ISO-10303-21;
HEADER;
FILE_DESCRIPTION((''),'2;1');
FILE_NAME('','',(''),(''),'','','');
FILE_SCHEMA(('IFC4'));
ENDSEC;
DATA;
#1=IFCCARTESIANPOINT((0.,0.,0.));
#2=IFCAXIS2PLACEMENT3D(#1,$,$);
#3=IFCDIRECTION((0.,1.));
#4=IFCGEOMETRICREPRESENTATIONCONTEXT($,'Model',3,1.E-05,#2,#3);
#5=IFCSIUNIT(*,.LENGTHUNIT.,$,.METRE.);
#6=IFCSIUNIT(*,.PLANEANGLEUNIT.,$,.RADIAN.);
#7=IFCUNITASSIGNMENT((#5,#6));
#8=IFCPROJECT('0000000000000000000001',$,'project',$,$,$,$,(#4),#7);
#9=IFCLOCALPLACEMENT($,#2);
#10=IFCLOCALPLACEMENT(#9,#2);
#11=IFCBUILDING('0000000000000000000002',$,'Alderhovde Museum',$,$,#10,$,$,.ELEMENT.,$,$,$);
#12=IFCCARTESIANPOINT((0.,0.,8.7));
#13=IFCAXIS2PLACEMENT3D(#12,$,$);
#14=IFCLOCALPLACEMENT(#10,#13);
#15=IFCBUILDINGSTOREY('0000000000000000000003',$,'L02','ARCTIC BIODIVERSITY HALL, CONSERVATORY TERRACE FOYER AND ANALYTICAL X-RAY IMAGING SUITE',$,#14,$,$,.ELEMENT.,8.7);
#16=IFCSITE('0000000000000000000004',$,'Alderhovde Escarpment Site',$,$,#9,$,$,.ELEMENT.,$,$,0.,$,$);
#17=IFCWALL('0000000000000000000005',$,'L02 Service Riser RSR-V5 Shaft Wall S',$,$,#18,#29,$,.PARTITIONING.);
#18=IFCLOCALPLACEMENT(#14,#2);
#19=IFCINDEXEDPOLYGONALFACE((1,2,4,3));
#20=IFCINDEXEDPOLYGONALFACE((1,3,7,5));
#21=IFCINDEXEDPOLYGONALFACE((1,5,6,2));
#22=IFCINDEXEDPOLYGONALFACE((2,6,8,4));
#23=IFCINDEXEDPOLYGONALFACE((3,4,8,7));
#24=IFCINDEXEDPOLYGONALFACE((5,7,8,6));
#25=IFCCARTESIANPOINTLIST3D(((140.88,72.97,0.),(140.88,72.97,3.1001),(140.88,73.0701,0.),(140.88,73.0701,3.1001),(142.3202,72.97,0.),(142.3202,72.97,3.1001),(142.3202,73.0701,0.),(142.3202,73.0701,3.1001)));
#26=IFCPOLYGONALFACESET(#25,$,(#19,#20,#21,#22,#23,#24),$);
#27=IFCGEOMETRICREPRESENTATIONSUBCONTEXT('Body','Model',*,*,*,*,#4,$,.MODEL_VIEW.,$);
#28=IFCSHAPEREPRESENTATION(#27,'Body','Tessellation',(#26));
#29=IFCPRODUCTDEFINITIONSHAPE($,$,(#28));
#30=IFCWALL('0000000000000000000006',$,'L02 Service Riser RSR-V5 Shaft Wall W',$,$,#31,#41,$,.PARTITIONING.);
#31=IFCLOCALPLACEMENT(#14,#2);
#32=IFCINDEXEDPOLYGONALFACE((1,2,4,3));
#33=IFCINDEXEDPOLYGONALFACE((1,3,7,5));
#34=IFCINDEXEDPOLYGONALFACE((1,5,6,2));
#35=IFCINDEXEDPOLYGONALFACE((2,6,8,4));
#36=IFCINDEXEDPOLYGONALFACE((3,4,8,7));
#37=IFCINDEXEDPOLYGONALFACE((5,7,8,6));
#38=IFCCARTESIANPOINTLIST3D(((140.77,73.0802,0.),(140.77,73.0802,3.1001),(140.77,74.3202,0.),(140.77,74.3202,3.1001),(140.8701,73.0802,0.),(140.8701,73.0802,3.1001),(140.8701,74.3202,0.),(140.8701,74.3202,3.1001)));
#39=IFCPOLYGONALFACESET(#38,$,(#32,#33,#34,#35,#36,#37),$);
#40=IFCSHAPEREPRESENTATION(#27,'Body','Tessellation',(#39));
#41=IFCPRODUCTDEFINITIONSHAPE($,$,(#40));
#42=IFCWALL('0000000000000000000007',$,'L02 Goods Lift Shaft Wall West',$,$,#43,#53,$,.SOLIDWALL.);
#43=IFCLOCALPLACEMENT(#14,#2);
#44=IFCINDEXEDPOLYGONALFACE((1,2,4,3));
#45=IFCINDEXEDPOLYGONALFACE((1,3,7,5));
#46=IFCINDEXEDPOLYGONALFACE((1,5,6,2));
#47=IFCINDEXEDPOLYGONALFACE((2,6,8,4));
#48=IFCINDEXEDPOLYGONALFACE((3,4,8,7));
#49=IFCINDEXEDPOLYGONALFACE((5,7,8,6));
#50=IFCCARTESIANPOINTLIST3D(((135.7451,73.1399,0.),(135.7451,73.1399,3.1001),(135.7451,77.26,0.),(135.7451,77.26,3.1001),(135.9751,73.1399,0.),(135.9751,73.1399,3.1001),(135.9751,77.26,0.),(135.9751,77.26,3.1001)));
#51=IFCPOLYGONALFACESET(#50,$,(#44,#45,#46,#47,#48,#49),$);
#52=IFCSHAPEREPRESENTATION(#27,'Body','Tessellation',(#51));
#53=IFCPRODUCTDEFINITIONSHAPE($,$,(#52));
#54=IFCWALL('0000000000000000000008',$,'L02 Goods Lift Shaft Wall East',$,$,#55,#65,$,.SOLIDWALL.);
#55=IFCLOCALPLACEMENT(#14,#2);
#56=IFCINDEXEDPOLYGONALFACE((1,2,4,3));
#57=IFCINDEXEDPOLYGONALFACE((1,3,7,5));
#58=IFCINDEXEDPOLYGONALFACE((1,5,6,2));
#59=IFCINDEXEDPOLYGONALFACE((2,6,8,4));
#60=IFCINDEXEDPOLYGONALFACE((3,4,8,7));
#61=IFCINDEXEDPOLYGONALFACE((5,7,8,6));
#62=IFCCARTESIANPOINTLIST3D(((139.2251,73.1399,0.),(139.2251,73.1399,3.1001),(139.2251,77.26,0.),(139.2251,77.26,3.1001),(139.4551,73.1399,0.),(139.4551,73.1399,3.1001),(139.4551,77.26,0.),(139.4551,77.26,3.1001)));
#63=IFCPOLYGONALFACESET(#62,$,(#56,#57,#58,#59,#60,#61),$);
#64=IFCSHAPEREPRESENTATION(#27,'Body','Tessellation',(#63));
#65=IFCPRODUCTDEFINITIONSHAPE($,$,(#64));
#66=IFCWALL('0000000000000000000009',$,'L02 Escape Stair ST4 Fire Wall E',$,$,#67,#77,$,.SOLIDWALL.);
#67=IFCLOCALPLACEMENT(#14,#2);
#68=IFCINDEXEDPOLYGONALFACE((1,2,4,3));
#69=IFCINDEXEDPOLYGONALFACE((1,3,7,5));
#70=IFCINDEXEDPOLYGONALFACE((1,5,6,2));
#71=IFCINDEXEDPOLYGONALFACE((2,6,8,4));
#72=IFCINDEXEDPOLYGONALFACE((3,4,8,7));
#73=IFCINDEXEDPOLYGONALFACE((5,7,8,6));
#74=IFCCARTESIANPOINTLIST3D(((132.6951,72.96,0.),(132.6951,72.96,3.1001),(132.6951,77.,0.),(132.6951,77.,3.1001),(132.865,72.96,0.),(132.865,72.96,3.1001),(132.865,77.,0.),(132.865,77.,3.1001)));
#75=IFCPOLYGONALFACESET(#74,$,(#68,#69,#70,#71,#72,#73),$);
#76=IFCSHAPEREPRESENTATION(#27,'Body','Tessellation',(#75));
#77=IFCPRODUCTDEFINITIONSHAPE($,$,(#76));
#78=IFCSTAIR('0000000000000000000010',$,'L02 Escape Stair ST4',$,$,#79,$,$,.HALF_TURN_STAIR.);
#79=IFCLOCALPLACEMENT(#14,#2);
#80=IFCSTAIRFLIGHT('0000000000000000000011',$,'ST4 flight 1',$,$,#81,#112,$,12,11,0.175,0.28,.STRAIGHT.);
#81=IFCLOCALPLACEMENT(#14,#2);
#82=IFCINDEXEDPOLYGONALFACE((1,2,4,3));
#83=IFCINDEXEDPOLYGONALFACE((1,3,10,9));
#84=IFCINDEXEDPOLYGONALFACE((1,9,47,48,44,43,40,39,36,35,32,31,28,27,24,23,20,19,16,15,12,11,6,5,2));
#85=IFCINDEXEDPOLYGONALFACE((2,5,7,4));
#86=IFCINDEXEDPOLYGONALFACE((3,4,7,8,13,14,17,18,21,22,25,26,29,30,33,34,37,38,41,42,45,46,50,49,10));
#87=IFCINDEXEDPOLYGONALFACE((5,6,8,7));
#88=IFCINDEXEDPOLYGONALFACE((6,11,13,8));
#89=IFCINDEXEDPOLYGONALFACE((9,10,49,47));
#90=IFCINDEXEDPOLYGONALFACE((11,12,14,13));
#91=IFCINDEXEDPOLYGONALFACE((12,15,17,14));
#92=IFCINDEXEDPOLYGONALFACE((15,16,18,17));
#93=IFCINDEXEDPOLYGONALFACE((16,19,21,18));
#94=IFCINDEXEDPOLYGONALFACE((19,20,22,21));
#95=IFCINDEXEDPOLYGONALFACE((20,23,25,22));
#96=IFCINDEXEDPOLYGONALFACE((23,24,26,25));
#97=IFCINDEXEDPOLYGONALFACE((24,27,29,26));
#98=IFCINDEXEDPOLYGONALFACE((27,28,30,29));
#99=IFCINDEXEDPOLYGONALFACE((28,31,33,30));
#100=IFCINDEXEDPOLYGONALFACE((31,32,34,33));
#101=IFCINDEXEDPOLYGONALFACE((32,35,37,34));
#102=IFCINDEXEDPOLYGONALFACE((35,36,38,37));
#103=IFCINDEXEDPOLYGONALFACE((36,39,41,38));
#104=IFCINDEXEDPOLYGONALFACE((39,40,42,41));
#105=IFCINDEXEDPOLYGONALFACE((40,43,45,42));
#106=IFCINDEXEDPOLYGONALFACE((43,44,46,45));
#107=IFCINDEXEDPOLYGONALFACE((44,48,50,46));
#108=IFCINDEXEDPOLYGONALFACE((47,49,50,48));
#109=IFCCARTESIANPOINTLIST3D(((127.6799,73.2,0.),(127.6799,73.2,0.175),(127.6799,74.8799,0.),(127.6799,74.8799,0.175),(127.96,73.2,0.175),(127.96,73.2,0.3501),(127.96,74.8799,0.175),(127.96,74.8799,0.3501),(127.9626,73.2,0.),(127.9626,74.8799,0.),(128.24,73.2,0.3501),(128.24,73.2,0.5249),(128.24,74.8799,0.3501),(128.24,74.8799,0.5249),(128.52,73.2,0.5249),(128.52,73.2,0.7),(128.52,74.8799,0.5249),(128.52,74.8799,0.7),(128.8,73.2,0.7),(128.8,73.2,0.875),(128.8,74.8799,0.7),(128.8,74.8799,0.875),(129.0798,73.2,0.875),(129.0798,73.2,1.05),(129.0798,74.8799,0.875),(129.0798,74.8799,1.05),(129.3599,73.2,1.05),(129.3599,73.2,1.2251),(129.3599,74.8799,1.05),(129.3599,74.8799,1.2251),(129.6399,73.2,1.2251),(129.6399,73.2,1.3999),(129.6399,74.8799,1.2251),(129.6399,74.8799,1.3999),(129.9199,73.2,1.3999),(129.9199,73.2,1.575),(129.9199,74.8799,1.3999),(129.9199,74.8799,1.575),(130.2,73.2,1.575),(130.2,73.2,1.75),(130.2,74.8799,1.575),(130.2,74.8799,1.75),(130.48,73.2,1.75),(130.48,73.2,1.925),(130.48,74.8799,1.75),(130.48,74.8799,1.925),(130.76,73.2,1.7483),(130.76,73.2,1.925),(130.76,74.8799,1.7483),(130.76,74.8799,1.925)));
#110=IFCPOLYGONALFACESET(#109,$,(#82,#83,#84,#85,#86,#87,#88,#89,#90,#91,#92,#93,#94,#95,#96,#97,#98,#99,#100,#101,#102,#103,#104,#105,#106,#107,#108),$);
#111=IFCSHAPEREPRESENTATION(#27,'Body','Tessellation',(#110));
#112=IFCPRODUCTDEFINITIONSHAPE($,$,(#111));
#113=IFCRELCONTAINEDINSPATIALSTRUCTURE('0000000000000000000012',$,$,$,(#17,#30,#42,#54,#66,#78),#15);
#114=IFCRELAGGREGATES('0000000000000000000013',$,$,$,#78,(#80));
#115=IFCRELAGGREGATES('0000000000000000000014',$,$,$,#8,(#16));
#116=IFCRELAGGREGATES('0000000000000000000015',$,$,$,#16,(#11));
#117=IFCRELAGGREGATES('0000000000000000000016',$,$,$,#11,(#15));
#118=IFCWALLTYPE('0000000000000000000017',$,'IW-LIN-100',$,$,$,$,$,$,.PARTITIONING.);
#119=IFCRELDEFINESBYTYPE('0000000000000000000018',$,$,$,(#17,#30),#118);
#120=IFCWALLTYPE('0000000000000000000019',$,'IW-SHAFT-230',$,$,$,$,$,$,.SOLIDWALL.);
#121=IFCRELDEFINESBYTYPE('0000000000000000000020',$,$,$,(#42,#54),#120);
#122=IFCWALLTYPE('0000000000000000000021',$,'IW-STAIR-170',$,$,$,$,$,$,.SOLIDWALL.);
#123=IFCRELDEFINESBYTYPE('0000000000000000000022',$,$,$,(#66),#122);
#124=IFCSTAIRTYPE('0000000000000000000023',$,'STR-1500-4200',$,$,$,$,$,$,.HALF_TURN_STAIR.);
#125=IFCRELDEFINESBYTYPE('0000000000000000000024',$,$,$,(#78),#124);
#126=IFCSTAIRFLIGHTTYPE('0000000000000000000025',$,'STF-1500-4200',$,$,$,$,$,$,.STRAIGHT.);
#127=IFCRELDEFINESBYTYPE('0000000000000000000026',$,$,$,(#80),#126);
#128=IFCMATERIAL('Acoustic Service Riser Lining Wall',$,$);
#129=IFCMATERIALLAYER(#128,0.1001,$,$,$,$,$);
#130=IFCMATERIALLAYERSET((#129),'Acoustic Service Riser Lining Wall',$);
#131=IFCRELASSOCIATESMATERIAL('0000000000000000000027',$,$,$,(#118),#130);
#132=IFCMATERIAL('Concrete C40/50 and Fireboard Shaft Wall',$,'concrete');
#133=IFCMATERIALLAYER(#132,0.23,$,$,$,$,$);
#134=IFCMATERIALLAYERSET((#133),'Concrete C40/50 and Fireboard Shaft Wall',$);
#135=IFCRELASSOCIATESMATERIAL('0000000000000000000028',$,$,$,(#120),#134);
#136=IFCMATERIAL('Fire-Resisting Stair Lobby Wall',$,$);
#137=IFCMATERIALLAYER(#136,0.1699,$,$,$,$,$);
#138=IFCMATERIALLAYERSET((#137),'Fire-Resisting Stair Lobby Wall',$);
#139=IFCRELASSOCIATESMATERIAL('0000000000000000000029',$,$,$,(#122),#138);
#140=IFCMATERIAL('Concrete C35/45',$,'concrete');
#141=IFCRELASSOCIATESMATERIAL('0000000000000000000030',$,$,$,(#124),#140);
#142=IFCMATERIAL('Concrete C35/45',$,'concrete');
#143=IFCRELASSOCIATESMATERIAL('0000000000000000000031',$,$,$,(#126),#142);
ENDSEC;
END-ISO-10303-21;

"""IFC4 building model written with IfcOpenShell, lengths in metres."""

from ifc_helpers import new_model, si_unit, direction, frame, frame_2d, origin, place, context, subcontext, project, spatial, polyline, rectangle, outline, extrude, material, layer, layer_set, type_object, element, aggregate, save


model = new_model("IFC4")

# Units and contexts
model_context = context("Model", 3, precision=1e-05, world=origin(), true_north=direction((0.0, 1.0)))
body_context = subcontext(model_context, "Body", "Model", "MODEL_VIEW")
ifc_project = project(units=[si_unit("LENGTHUNIT", "METRE"), si_unit("PLANEANGLEUNIT", "RADIAN")], contexts=[model_context])

# Site, building, storey
site_placement = place(None, origin())
site = spatial("IfcSite", under=ifc_project, at=site_placement, Name="Alderhovde Escarpment Site", CompositionType="ELEMENT", RefElevation=0.0)
building_placement = place(site_placement, origin())
building = spatial("IfcBuilding", under=site, at=building_placement, Name="Alderhovde Museum", CompositionType="ELEMENT")
storey_placement = place(building_placement, frame((0.0, 0.0, 8.7)))
storey = spatial("IfcBuildingStorey", under=building, at=storey_placement, Name="L02", Description="ARCTIC BIODIVERSITY HALL, CONSERVATORY TERRACE FOYER AND ANALYTICAL X-RAY IMAGING SUITE", CompositionType="ELEMENT", Elevation=8.7)

# Walls
ifc_material_1 = material(Name="Acoustic Service Riser Lining Wall")
ifc_layer_1 = layer(ifc_material_1, 0.1001)
ifc_layer_set_1 = layer_set([ifc_layer_1], Name="Acoustic Service Riser Lining Wall")
wall_type_1 = type_object("IfcWallType", Name="IW-LIN-100", PredefinedType="PARTITIONING", material=ifc_layer_set_1)
for number, where, z_axis, x_axis, name in (
    (1, (140.8799, 73.02, 0.0), (0.0, 0.0, 1.0), (1.0, 0.0, 0.0), "L02 Service Riser RSR-V5 Shaft Wall S"),
):
    element("IfcWall", number, at=place(storey_placement, frame(where, z_axis=z_axis, x_axis=x_axis)), inside=storey, type_object=wall_type_1, Name=name, PredefinedType="PARTITIONING", context=body_context, shape_type="SweptSolid", body=[
        extrude(rectangle(XDim=1.4402, YDim=0.1001, at=frame_2d((0.7202, 0.0))), origin(), (0.0, 0.0, 1.0), 3.1001),
    ])
wall_1_placement = place(storey_placement, frame((140.8201, 73.0801, 0.0), z_axis=(0.0, 0.0, 1.0), x_axis=(0.0, 1.0, 0.0)))
element("IfcWall", 2, at=wall_1_placement, inside=storey, type_object=wall_type_1, Name="L02 Service Riser RSR-V5 Shaft Wall W", PredefinedType="PARTITIONING", context=body_context, shape_type="SweptSolid", body=[
    extrude(rectangle(XDim=1.24, YDim=0.1001, at=frame_2d((0.6201, 0.0))), origin(), (0.0, 0.0, 1.0), 3.1001),
])
ifc_material_2 = material(Name="Concrete C40/50 and Fireboard Shaft Wall", Category="concrete")
ifc_layer_2 = layer(ifc_material_2, 0.23)
ifc_layer_set_2 = layer_set([ifc_layer_2], Name="Concrete C40/50 and Fireboard Shaft Wall")
wall_type_2 = type_object("IfcWallType", Name="IW-SHAFT-230", PredefinedType="SOLIDWALL", material=ifc_layer_set_2)
for number, where, z_axis, x_axis, name in (
    (3, (135.8601, 73.1399, 0.0), (0.0, 0.0, 1.0), (0.0, 1.0, 0.0), "L02 Goods Lift Shaft Wall West"),
    (4, (139.3401, 73.1399, 0.0), (0.0, 0.0, 1.0), (0.0, 1.0, 0.0), "L02 Goods Lift Shaft Wall East"),
):
    element("IfcWall", number, at=place(storey_placement, frame(where, z_axis=z_axis, x_axis=x_axis)), inside=storey, type_object=wall_type_2, Name=name, PredefinedType="SOLIDWALL", context=body_context, shape_type="SweptSolid", body=[
        extrude(rectangle(XDim=4.1201, YDim=0.23, at=frame_2d((2.0601, 0.0))), origin(), (0.0, 0.0, 1.0), 3.1001),
    ])
ifc_material_3 = material(Name="Fire-Resisting Stair Lobby Wall")
ifc_layer_3 = layer(ifc_material_3, 0.1699)
ifc_layer_set_3 = layer_set([ifc_layer_3], Name="Fire-Resisting Stair Lobby Wall")
wall_type_3 = type_object("IfcWallType", Name="IW-STAIR-170", PredefinedType="SOLIDWALL", material=ifc_layer_set_3)
wall_2_placement = place(storey_placement, frame((132.78, 72.96, 0.0), z_axis=(0.0, 0.0, 1.0), x_axis=(0.0, 1.0, 0.0)))
element("IfcWall", 5, at=wall_2_placement, inside=storey, type_object=wall_type_3, Name="L02 Escape Stair ST4 Fire Wall E", PredefinedType="SOLIDWALL", context=body_context, shape_type="SweptSolid", body=[
    extrude(rectangle(XDim=4.04, YDim=0.1699, at=frame_2d((2.02, 0.0))), origin(), (0.0, 0.0, 1.0), 3.1001),
])

# Stair, stair flight
ifc_material_4 = material(Name="Concrete C35/45", Category="concrete")
stair_type = type_object("IfcStairType", Name="STR-1500-4200", PredefinedType="HALF_TURN_STAIR", material=ifc_material_4)
stair_placement = place(storey_placement, origin())
stair = element("IfcStair", 6, at=stair_placement, inside=storey, type_object=stair_type, Name="L02 Escape Stair ST4", PredefinedType="HALF_TURN_STAIR")
ifc_material_5 = material(Name="Concrete C35/45", Category="concrete")
stair_flight_type = type_object("IfcStairFlightType", Name="STF-1500-4200", PredefinedType="STRAIGHT", material=ifc_material_5)
stair_flight_placement = place(storey_placement, frame((127.6799, 74.04, 0.0), z_axis=(0.0, 0.0, 1.0), x_axis=(1.0, 0.0, 0.0)))
stair_flight = element("IfcStairFlight", 7, at=stair_flight_placement, type_object=stair_flight_type, Name="ST4 flight 1", NumberOfRisers=12, NumberOfTreads=11, PredefinedType="STRAIGHT", RiserHeight=0.175, TreadLength=0.28, context=body_context, shape_type="SweptSolid", body=[
    extrude(outline(polyline([(0.0, 0.0), (0.0, 0.175), (0.28, 0.175), (0.28, 0.3501), (0.5601, 0.3501), (0.5601, 0.5249), (0.8401, 0.5249), (0.8401, 0.7), (1.1201, 0.7), (1.1201, 0.875), (1.3999, 0.875), (1.3999, 1.05), (1.6799, 1.05), (1.6799, 1.2251), (1.96, 1.2251), (1.96, 1.3999), (2.24, 1.3999), (2.24, 1.575), (2.52, 1.575), (2.52, 1.75), (2.8, 1.75), (2.8, 1.925), (3.0801, 1.925), (3.0801, 2.1001), (3.0801, 1.7483), (0.2827, 0.0), (0.0, 0.0)])), frame((0.0, 0.8398, 0.0), z_axis=(0.0, -1.0, 0.0), x_axis=(1.0, 0.0, 0.0)), (0.0, 0.0, 1.0), 1.6799),
])
aggregate(stair, [stair_flight])

save(model, "model.ifc")
